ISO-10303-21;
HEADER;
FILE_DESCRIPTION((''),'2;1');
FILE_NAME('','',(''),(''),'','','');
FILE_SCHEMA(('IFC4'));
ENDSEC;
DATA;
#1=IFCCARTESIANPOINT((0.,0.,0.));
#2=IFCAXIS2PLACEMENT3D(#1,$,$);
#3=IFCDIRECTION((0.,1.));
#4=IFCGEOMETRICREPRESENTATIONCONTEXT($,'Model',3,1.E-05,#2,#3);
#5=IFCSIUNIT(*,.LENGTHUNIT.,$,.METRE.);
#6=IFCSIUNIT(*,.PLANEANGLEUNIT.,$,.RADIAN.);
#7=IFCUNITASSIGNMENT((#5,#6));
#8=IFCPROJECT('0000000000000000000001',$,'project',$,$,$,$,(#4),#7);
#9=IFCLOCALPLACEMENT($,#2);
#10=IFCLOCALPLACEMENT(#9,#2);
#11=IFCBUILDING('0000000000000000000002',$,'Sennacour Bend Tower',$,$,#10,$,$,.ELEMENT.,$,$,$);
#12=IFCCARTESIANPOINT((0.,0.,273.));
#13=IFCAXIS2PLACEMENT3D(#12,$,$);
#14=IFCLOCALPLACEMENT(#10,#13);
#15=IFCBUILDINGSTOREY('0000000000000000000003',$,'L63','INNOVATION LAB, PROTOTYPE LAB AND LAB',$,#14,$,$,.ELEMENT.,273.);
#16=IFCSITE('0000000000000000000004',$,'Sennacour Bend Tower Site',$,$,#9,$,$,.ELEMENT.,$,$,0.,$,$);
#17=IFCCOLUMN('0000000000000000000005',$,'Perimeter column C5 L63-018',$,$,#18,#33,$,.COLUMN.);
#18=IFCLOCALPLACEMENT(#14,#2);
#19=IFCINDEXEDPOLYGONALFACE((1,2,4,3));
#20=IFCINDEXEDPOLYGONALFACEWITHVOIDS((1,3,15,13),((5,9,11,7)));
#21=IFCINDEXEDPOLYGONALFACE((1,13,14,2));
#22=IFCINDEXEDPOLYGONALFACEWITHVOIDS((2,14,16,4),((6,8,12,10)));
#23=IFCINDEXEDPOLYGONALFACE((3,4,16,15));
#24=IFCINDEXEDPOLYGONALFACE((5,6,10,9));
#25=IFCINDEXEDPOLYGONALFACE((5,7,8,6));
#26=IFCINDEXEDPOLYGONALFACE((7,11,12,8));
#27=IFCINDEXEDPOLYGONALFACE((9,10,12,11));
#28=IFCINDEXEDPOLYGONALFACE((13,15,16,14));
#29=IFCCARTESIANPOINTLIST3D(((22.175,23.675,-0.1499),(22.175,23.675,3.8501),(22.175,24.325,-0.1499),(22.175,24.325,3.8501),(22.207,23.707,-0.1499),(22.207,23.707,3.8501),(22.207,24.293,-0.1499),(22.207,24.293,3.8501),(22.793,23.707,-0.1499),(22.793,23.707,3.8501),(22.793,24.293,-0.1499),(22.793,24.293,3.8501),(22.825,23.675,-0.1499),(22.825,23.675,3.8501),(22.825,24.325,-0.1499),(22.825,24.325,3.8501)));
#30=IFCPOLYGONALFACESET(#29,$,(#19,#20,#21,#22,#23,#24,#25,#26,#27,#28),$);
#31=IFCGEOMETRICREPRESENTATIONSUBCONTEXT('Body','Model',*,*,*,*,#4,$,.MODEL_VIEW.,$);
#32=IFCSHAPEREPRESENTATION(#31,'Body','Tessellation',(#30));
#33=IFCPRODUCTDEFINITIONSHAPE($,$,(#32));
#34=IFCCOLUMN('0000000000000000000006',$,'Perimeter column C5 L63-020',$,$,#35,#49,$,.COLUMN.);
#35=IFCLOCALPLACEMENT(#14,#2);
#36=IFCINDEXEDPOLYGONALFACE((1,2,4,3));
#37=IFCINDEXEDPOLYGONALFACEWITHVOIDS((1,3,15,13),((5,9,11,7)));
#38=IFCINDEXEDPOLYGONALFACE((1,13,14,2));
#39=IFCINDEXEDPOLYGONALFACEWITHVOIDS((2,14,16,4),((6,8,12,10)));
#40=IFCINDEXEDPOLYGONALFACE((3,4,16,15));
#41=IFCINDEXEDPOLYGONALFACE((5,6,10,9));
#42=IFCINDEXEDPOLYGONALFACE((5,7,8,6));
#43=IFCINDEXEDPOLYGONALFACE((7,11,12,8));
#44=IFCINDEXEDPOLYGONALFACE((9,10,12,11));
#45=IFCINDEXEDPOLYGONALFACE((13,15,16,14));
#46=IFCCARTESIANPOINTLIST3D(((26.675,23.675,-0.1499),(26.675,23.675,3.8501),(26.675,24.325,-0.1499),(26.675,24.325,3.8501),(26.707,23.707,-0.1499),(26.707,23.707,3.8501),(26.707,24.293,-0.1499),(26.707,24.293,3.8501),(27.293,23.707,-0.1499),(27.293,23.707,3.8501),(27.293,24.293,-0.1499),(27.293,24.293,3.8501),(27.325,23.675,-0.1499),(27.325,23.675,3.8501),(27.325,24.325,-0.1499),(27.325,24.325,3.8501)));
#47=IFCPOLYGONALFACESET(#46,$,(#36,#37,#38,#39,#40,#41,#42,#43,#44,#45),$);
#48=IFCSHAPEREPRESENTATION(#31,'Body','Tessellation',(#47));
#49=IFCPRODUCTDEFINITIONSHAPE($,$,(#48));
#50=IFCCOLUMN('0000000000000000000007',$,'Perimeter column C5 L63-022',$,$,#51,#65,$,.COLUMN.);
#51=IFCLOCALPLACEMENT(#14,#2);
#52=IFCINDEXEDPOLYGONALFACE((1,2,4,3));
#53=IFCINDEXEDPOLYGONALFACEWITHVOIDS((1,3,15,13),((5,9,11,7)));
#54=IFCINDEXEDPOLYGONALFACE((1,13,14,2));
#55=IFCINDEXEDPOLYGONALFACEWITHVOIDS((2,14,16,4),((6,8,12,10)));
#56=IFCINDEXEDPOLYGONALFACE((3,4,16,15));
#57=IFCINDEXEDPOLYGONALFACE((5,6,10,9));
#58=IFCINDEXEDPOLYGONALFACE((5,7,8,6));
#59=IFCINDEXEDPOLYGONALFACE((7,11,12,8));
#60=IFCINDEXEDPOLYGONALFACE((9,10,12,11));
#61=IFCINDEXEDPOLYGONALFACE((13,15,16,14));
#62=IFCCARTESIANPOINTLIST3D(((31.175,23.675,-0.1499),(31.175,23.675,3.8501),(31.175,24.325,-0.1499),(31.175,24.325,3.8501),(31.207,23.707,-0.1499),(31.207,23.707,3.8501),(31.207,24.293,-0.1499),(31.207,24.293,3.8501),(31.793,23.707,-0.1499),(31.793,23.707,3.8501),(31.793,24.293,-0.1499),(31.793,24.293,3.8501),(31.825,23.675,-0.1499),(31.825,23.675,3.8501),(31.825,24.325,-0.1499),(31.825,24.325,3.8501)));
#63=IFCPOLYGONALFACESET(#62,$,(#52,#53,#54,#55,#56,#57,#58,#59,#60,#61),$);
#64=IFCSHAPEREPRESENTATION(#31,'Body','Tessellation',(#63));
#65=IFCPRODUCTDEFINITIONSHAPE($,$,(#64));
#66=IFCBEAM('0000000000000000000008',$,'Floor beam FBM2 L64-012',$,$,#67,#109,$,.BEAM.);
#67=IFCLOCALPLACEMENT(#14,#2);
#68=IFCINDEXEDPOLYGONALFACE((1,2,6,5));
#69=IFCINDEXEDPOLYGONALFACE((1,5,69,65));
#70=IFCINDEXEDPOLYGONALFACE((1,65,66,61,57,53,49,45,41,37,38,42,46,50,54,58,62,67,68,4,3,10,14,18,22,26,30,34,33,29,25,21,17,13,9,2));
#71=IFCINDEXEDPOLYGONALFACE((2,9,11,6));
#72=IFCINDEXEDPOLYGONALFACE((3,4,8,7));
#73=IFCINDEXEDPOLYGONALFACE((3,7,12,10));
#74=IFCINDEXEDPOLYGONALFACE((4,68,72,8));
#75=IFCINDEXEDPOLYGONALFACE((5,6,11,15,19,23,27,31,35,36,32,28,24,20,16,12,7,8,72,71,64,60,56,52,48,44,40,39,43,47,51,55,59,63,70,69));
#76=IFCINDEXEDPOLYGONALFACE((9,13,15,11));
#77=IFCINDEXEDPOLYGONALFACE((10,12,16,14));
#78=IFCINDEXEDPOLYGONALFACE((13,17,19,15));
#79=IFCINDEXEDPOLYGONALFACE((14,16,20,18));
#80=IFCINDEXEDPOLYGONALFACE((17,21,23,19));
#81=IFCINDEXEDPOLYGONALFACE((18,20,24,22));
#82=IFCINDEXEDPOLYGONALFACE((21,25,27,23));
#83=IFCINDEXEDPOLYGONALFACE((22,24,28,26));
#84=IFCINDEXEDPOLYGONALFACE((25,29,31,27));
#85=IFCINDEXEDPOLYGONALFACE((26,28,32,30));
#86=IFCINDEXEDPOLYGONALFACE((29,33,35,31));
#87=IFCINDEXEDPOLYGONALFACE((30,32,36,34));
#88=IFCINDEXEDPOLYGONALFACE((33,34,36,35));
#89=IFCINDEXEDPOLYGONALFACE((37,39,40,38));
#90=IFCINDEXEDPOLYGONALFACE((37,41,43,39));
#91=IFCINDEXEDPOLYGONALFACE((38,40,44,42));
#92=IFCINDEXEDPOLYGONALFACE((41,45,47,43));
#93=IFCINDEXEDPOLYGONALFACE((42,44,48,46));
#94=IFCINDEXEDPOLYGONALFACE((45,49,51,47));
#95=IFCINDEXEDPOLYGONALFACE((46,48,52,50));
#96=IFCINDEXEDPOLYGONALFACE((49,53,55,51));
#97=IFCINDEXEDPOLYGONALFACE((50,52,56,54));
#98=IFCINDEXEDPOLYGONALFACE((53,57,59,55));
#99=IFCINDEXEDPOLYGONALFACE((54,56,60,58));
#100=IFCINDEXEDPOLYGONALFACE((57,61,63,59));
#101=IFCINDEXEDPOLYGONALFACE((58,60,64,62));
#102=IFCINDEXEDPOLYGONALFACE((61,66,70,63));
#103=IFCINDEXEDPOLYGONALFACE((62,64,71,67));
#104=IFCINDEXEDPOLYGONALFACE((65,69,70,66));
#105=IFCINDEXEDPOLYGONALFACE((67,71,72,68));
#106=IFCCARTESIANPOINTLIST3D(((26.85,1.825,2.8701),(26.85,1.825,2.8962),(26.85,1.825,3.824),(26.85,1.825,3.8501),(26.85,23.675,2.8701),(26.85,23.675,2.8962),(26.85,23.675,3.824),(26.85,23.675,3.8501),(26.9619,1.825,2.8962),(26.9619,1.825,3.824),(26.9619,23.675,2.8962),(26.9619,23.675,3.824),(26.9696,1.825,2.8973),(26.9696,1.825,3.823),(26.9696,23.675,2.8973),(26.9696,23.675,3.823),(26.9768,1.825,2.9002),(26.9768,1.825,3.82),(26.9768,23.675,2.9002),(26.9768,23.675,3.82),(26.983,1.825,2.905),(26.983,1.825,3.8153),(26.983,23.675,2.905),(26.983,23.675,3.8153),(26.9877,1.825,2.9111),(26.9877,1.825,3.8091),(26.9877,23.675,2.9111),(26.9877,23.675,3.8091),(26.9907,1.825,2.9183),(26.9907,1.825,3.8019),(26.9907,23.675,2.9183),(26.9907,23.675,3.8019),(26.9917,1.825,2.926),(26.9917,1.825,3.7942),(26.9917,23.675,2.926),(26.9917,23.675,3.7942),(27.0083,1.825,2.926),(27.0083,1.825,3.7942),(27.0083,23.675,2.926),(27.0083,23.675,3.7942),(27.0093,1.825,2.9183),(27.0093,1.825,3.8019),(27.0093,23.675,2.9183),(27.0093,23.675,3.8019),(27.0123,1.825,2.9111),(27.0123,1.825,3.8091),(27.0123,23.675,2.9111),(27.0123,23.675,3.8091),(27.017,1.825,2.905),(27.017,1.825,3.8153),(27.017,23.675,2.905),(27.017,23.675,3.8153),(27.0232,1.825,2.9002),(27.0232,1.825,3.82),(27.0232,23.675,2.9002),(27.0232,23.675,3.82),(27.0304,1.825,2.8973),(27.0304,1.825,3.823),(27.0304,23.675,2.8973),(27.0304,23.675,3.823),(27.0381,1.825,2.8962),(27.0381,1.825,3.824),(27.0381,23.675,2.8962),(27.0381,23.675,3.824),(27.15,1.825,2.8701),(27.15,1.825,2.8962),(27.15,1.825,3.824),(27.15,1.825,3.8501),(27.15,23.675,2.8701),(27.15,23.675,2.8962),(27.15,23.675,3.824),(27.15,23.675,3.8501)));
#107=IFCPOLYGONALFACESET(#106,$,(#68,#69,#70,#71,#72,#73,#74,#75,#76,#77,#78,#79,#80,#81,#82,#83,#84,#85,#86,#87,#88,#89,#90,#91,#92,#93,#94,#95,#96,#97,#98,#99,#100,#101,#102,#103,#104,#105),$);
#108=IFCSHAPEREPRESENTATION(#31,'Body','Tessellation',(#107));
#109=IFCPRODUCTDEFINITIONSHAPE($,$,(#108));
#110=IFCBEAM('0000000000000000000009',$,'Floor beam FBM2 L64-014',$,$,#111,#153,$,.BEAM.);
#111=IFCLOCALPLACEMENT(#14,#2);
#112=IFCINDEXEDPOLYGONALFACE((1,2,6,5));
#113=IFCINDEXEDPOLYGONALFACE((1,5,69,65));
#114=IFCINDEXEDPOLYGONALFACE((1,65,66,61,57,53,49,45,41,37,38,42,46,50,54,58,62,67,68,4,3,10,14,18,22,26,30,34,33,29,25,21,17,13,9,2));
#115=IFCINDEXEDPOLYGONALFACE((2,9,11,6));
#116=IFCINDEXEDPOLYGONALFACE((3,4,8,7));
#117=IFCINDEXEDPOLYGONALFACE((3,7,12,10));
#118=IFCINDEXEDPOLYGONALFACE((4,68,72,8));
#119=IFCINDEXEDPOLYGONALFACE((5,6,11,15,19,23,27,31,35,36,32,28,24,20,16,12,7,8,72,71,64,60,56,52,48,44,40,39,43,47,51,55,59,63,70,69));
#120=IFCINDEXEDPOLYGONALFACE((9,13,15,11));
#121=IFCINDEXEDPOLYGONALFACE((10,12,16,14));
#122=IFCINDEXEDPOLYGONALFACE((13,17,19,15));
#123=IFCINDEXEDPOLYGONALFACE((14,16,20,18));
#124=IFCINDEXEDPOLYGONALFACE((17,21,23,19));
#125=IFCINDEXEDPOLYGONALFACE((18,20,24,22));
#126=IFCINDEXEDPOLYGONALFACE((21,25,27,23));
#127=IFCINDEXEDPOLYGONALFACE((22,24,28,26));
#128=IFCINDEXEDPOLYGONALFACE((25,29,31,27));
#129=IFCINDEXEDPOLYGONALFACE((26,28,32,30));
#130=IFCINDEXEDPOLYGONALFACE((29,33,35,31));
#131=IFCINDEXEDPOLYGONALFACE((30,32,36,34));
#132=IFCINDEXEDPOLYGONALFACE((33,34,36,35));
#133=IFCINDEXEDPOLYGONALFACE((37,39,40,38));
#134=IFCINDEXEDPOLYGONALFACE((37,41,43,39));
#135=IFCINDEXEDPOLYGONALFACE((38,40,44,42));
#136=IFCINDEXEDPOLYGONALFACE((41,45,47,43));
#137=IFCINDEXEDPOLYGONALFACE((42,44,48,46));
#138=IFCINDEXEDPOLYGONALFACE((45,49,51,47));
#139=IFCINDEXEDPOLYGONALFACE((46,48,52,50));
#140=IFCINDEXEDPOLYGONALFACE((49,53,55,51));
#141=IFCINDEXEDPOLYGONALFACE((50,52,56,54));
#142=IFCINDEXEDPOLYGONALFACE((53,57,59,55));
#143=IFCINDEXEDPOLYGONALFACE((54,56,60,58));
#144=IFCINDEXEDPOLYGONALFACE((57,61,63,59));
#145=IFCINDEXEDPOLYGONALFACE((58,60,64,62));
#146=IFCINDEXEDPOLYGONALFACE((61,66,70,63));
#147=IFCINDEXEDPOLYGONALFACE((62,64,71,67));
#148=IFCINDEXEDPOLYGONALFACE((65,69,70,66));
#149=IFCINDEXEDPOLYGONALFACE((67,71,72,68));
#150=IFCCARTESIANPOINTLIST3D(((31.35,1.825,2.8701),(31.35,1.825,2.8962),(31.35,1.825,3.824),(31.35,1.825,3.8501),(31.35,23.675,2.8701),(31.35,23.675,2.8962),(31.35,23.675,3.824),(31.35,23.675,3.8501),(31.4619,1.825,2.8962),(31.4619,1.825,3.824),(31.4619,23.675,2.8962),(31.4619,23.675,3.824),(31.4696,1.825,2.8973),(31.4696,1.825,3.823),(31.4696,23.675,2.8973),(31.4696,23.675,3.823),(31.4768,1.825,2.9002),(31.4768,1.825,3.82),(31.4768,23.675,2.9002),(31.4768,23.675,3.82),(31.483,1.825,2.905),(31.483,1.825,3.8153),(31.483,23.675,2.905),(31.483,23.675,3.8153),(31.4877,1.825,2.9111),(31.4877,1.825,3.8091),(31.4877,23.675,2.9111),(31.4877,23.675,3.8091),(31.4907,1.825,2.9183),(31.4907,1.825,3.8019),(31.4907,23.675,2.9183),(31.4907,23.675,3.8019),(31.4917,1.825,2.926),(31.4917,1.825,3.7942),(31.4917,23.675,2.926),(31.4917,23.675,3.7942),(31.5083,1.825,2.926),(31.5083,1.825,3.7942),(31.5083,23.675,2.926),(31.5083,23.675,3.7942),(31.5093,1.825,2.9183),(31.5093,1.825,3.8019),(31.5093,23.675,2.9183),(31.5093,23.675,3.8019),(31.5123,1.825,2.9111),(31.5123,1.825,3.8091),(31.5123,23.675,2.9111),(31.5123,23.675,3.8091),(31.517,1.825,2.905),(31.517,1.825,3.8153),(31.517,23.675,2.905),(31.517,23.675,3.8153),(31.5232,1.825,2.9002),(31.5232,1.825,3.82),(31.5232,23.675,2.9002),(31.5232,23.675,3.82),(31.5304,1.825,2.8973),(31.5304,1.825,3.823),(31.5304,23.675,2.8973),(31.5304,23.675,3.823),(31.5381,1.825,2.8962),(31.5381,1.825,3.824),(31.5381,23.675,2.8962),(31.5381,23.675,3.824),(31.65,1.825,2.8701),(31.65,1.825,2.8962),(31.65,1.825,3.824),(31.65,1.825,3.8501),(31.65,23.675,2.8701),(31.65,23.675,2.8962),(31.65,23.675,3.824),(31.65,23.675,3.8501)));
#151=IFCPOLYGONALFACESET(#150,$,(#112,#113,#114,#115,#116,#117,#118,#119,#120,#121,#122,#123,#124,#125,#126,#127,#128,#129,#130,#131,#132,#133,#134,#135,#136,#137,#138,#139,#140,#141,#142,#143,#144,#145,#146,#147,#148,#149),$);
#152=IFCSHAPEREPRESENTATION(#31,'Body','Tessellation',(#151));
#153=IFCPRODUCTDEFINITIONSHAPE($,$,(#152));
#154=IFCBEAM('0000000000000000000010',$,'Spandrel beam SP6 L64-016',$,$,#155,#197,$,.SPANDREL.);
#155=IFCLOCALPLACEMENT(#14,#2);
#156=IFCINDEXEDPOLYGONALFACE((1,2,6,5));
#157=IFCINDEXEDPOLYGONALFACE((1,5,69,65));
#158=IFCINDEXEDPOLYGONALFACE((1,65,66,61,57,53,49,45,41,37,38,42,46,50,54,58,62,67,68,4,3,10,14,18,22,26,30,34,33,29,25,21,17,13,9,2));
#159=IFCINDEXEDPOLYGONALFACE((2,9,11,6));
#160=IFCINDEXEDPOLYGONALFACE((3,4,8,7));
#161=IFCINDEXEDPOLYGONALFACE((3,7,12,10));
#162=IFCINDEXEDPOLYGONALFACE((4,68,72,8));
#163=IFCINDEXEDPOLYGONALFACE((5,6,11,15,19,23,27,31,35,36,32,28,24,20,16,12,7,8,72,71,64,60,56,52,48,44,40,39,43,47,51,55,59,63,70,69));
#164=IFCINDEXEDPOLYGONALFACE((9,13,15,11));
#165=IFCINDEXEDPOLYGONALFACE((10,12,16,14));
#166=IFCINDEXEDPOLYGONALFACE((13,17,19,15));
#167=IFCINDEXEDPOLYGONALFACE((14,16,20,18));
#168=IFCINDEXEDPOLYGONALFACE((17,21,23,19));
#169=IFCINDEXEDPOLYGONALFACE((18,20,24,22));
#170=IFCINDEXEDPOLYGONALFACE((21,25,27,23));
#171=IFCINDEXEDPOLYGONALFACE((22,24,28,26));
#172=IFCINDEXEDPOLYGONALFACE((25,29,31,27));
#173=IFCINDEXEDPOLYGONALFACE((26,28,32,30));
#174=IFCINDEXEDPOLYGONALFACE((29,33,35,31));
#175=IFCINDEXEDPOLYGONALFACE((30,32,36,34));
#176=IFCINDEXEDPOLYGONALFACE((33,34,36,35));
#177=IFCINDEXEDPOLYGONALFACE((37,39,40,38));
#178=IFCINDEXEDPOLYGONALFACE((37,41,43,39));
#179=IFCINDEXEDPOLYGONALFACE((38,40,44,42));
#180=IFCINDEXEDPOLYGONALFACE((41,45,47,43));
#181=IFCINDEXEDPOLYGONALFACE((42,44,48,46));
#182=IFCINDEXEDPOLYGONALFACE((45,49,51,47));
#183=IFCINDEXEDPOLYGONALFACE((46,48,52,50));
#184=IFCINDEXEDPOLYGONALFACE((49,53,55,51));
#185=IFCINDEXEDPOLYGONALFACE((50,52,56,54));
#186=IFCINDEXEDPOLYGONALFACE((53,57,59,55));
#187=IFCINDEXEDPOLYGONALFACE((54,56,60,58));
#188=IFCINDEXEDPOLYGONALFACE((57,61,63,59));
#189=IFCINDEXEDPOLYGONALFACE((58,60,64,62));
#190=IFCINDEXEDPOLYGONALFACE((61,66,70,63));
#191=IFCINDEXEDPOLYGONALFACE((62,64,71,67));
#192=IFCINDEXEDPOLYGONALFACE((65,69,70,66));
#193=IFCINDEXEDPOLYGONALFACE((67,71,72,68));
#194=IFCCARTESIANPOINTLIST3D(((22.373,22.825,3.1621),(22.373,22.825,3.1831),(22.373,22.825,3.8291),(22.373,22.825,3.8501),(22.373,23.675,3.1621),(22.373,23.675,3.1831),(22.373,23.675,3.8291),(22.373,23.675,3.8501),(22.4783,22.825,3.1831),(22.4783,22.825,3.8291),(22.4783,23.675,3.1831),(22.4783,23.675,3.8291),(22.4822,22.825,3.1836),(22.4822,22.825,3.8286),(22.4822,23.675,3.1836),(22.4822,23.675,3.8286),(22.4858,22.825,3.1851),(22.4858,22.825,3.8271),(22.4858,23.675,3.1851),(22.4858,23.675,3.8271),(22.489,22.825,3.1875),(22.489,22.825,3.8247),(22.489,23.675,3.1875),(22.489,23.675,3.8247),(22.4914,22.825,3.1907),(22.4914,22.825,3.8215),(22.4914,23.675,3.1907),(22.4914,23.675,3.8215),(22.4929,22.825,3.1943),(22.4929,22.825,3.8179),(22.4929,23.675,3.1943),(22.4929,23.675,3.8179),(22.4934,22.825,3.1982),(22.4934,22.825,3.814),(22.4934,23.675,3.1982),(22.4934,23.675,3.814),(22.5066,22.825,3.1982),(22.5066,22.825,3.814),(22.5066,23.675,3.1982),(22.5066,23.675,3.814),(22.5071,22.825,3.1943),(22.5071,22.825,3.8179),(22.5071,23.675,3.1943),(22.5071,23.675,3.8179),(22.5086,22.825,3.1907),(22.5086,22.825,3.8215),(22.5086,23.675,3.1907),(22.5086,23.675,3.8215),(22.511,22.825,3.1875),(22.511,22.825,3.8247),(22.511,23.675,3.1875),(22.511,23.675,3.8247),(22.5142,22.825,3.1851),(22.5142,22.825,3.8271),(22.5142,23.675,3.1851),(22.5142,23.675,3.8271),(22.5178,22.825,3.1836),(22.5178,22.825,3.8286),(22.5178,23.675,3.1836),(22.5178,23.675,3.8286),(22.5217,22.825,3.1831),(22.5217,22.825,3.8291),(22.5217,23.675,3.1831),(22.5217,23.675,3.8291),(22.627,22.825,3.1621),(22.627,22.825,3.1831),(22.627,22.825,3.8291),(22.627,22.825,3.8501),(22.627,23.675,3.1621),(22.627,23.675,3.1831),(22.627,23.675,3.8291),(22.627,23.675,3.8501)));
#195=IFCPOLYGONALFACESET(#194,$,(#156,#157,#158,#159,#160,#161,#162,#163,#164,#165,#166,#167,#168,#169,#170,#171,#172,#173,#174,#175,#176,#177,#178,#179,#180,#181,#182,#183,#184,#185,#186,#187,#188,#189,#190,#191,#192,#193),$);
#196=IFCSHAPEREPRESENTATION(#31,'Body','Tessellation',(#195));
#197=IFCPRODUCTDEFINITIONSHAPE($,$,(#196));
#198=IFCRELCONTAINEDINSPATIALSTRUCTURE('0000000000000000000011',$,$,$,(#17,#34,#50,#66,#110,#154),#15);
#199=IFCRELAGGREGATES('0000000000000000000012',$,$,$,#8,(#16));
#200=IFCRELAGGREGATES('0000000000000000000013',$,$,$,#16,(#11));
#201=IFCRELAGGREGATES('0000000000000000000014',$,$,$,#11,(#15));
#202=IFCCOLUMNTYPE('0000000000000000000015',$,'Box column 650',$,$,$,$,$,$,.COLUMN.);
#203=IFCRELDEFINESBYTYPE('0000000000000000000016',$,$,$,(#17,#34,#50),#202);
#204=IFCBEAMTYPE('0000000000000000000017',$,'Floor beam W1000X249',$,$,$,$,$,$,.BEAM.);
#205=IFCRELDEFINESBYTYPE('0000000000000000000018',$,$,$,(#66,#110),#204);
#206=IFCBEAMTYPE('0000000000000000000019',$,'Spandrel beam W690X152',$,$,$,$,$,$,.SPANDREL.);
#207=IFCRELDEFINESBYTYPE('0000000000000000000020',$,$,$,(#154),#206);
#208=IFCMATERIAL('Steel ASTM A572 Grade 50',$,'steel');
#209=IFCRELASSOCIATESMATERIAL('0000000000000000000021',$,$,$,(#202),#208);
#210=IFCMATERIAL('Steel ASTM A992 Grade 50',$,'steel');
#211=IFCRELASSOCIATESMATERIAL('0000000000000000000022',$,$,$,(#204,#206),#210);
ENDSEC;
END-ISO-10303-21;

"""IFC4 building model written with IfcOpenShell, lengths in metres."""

from ifc_helpers import new_model, si_unit, direction, frame, origin, origin_2d, place, context, subcontext, project, spatial, hollow_rectangle, i_section, extrude, material, material_profile, profile_set, type_object, element, save


model = new_model("IFC4")

# Units and contexts
model_context = context("Model", 3, precision=1e-05, world=origin(), true_north=direction((0.0, 1.0)))
body_context = subcontext(model_context, "Body", "Model", "MODEL_VIEW")
ifc_project = project(units=[si_unit("LENGTHUNIT", "METRE"), si_unit("PLANEANGLEUNIT", "RADIAN")], contexts=[model_context])

# Site, building, storey
site_placement = place(None, origin())
site = spatial("IfcSite", under=ifc_project, at=site_placement, Name="Sennacour Bend Tower Site", CompositionType="ELEMENT", RefElevation=0.0)
building_placement = place(site_placement, origin())
building = spatial("IfcBuilding", under=site, at=building_placement, Name="Sennacour Bend Tower", CompositionType="ELEMENT")
storey_placement = place(building_placement, frame((0.0, 0.0, 273.0)))
storey = spatial("IfcBuildingStorey", under=building, at=storey_placement, Name="L63", Description="INNOVATION LAB, PROTOTYPE LAB AND LAB", CompositionType="ELEMENT", Elevation=273.0)

# Columns
ifc_material_1 = material(Name="Steel ASTM A572 Grade 50", Category="steel")
ifc_material_profile_1 = material_profile(ifc_material_1, hollow_rectangle(XDim=0.6499, YDim=0.6499, WallThickness=0.032, at=origin_2d()), Name="Steel ASTM A572 Grade 50", Category="steel")
ifc_profile_set_1 = profile_set([ifc_material_profile_1], Name="Steel ASTM A572 Grade 50")
column_type = type_object("IfcColumnType", Name="Box column 650", PredefinedType="COLUMN", material=ifc_profile_set_1)
for number, where, z_axis, x_axis, name in (
    (1, (22.5, 24.0, -0.1499), (0.0, 0.0, 1.0), (1.0, 0.0, 0.0), "Perimeter column C5 L63-018"),
    (2, (27.0, 24.0, -0.1499), (0.0, 0.0, 1.0), (1.0, 0.0, 0.0), "Perimeter column C5 L63-020"),
    (3, (31.5, 24.0, -0.1499), (0.0, 0.0, 1.0), (1.0, 0.0, 0.0), "Perimeter column C5 L63-022"),
):
    element("IfcColumn", number, at=place(storey_placement, frame(where, z_axis=z_axis, x_axis=x_axis)), inside=storey, type_object=column_type, Name=name, PredefinedType="COLUMN", context=body_context, shape_type="SweptSolid", body=[
        extrude(hollow_rectangle(XDim=0.6499, YDim=0.6499, WallThickness=0.032, at=origin_2d()), origin(), (0.0, 0.0, 1.0), 4.0),
    ])

# Beams
ifc_material_2 = material(Name="Steel ASTM A992 Grade 50", Category="steel")
ifc_material_profile_2 = material_profile(ifc_material_2, i_section(OverallWidth=0.3, OverallDepth=0.98, WebThickness=0.0166, FlangeThickness=0.0261, FilletRadius=0.0298, at=origin_2d()), Name="Steel ASTM A992 Grade 50", Category="steel")
ifc_profile_set_2 = profile_set([ifc_material_profile_2], Name="Steel ASTM A992 Grade 50")
beam_type_1 = type_object("IfcBeamType", Name="Floor beam W1000X249", PredefinedType="BEAM", material=ifc_profile_set_2)
for number, where, z_axis, x_axis, name in (
    (4, (27.0, 1.825, 3.3601), (0.0, 1.0, 0.0), (-1.0, 0.0, 0.0), "Floor beam FBM2 L64-012"),
    (5, (31.5, 1.825, 3.3601), (0.0, 1.0, 0.0), (-1.0, 0.0, 0.0), "Floor beam FBM2 L64-014"),
):
    element("IfcBeam", number, at=place(storey_placement, frame(where, z_axis=z_axis, x_axis=x_axis)), inside=storey, type_object=beam_type_1, Name=name, PredefinedType="BEAM", context=body_context, shape_type="SweptSolid", body=[
        extrude(i_section(OverallWidth=0.3, OverallDepth=0.98, WebThickness=0.0166, FlangeThickness=0.0261, FilletRadius=0.0298, at=origin_2d()), origin(), (0.0, 0.0, 1.0), 21.8501),
    ])
ifc_material_profile_3 = material_profile(ifc_material_2, i_section(OverallWidth=0.2539, OverallDepth=0.688, WebThickness=0.0132, FlangeThickness=0.021, FilletRadius=0.0151, at=origin_2d()), Name="Steel ASTM A992 Grade 50", Category="steel")
ifc_profile_set_3 = profile_set([ifc_material_profile_3], Name="Steel ASTM A992 Grade 50")
beam_type_2 = type_object("IfcBeamType", Name="Spandrel beam W690X152", PredefinedType="SPANDREL", material=ifc_profile_set_3)
beam_placement = place(storey_placement, frame((22.5, 22.825, 3.5061), z_axis=(0.0, 1.0, 0.0), x_axis=(-1.0, 0.0, 0.0)))
element("IfcBeam", 6, at=beam_placement, inside=storey, type_object=beam_type_2, Name="Spandrel beam SP6 L64-016", PredefinedType="SPANDREL", context=body_context, shape_type="SweptSolid", body=[
    extrude(i_section(OverallWidth=0.2539, OverallDepth=0.688, WebThickness=0.0132, FlangeThickness=0.021, FilletRadius=0.0151, at=origin_2d()), origin(), (0.0, 0.0, 1.0), 0.8501),
])

save(model, "model.ifc")
